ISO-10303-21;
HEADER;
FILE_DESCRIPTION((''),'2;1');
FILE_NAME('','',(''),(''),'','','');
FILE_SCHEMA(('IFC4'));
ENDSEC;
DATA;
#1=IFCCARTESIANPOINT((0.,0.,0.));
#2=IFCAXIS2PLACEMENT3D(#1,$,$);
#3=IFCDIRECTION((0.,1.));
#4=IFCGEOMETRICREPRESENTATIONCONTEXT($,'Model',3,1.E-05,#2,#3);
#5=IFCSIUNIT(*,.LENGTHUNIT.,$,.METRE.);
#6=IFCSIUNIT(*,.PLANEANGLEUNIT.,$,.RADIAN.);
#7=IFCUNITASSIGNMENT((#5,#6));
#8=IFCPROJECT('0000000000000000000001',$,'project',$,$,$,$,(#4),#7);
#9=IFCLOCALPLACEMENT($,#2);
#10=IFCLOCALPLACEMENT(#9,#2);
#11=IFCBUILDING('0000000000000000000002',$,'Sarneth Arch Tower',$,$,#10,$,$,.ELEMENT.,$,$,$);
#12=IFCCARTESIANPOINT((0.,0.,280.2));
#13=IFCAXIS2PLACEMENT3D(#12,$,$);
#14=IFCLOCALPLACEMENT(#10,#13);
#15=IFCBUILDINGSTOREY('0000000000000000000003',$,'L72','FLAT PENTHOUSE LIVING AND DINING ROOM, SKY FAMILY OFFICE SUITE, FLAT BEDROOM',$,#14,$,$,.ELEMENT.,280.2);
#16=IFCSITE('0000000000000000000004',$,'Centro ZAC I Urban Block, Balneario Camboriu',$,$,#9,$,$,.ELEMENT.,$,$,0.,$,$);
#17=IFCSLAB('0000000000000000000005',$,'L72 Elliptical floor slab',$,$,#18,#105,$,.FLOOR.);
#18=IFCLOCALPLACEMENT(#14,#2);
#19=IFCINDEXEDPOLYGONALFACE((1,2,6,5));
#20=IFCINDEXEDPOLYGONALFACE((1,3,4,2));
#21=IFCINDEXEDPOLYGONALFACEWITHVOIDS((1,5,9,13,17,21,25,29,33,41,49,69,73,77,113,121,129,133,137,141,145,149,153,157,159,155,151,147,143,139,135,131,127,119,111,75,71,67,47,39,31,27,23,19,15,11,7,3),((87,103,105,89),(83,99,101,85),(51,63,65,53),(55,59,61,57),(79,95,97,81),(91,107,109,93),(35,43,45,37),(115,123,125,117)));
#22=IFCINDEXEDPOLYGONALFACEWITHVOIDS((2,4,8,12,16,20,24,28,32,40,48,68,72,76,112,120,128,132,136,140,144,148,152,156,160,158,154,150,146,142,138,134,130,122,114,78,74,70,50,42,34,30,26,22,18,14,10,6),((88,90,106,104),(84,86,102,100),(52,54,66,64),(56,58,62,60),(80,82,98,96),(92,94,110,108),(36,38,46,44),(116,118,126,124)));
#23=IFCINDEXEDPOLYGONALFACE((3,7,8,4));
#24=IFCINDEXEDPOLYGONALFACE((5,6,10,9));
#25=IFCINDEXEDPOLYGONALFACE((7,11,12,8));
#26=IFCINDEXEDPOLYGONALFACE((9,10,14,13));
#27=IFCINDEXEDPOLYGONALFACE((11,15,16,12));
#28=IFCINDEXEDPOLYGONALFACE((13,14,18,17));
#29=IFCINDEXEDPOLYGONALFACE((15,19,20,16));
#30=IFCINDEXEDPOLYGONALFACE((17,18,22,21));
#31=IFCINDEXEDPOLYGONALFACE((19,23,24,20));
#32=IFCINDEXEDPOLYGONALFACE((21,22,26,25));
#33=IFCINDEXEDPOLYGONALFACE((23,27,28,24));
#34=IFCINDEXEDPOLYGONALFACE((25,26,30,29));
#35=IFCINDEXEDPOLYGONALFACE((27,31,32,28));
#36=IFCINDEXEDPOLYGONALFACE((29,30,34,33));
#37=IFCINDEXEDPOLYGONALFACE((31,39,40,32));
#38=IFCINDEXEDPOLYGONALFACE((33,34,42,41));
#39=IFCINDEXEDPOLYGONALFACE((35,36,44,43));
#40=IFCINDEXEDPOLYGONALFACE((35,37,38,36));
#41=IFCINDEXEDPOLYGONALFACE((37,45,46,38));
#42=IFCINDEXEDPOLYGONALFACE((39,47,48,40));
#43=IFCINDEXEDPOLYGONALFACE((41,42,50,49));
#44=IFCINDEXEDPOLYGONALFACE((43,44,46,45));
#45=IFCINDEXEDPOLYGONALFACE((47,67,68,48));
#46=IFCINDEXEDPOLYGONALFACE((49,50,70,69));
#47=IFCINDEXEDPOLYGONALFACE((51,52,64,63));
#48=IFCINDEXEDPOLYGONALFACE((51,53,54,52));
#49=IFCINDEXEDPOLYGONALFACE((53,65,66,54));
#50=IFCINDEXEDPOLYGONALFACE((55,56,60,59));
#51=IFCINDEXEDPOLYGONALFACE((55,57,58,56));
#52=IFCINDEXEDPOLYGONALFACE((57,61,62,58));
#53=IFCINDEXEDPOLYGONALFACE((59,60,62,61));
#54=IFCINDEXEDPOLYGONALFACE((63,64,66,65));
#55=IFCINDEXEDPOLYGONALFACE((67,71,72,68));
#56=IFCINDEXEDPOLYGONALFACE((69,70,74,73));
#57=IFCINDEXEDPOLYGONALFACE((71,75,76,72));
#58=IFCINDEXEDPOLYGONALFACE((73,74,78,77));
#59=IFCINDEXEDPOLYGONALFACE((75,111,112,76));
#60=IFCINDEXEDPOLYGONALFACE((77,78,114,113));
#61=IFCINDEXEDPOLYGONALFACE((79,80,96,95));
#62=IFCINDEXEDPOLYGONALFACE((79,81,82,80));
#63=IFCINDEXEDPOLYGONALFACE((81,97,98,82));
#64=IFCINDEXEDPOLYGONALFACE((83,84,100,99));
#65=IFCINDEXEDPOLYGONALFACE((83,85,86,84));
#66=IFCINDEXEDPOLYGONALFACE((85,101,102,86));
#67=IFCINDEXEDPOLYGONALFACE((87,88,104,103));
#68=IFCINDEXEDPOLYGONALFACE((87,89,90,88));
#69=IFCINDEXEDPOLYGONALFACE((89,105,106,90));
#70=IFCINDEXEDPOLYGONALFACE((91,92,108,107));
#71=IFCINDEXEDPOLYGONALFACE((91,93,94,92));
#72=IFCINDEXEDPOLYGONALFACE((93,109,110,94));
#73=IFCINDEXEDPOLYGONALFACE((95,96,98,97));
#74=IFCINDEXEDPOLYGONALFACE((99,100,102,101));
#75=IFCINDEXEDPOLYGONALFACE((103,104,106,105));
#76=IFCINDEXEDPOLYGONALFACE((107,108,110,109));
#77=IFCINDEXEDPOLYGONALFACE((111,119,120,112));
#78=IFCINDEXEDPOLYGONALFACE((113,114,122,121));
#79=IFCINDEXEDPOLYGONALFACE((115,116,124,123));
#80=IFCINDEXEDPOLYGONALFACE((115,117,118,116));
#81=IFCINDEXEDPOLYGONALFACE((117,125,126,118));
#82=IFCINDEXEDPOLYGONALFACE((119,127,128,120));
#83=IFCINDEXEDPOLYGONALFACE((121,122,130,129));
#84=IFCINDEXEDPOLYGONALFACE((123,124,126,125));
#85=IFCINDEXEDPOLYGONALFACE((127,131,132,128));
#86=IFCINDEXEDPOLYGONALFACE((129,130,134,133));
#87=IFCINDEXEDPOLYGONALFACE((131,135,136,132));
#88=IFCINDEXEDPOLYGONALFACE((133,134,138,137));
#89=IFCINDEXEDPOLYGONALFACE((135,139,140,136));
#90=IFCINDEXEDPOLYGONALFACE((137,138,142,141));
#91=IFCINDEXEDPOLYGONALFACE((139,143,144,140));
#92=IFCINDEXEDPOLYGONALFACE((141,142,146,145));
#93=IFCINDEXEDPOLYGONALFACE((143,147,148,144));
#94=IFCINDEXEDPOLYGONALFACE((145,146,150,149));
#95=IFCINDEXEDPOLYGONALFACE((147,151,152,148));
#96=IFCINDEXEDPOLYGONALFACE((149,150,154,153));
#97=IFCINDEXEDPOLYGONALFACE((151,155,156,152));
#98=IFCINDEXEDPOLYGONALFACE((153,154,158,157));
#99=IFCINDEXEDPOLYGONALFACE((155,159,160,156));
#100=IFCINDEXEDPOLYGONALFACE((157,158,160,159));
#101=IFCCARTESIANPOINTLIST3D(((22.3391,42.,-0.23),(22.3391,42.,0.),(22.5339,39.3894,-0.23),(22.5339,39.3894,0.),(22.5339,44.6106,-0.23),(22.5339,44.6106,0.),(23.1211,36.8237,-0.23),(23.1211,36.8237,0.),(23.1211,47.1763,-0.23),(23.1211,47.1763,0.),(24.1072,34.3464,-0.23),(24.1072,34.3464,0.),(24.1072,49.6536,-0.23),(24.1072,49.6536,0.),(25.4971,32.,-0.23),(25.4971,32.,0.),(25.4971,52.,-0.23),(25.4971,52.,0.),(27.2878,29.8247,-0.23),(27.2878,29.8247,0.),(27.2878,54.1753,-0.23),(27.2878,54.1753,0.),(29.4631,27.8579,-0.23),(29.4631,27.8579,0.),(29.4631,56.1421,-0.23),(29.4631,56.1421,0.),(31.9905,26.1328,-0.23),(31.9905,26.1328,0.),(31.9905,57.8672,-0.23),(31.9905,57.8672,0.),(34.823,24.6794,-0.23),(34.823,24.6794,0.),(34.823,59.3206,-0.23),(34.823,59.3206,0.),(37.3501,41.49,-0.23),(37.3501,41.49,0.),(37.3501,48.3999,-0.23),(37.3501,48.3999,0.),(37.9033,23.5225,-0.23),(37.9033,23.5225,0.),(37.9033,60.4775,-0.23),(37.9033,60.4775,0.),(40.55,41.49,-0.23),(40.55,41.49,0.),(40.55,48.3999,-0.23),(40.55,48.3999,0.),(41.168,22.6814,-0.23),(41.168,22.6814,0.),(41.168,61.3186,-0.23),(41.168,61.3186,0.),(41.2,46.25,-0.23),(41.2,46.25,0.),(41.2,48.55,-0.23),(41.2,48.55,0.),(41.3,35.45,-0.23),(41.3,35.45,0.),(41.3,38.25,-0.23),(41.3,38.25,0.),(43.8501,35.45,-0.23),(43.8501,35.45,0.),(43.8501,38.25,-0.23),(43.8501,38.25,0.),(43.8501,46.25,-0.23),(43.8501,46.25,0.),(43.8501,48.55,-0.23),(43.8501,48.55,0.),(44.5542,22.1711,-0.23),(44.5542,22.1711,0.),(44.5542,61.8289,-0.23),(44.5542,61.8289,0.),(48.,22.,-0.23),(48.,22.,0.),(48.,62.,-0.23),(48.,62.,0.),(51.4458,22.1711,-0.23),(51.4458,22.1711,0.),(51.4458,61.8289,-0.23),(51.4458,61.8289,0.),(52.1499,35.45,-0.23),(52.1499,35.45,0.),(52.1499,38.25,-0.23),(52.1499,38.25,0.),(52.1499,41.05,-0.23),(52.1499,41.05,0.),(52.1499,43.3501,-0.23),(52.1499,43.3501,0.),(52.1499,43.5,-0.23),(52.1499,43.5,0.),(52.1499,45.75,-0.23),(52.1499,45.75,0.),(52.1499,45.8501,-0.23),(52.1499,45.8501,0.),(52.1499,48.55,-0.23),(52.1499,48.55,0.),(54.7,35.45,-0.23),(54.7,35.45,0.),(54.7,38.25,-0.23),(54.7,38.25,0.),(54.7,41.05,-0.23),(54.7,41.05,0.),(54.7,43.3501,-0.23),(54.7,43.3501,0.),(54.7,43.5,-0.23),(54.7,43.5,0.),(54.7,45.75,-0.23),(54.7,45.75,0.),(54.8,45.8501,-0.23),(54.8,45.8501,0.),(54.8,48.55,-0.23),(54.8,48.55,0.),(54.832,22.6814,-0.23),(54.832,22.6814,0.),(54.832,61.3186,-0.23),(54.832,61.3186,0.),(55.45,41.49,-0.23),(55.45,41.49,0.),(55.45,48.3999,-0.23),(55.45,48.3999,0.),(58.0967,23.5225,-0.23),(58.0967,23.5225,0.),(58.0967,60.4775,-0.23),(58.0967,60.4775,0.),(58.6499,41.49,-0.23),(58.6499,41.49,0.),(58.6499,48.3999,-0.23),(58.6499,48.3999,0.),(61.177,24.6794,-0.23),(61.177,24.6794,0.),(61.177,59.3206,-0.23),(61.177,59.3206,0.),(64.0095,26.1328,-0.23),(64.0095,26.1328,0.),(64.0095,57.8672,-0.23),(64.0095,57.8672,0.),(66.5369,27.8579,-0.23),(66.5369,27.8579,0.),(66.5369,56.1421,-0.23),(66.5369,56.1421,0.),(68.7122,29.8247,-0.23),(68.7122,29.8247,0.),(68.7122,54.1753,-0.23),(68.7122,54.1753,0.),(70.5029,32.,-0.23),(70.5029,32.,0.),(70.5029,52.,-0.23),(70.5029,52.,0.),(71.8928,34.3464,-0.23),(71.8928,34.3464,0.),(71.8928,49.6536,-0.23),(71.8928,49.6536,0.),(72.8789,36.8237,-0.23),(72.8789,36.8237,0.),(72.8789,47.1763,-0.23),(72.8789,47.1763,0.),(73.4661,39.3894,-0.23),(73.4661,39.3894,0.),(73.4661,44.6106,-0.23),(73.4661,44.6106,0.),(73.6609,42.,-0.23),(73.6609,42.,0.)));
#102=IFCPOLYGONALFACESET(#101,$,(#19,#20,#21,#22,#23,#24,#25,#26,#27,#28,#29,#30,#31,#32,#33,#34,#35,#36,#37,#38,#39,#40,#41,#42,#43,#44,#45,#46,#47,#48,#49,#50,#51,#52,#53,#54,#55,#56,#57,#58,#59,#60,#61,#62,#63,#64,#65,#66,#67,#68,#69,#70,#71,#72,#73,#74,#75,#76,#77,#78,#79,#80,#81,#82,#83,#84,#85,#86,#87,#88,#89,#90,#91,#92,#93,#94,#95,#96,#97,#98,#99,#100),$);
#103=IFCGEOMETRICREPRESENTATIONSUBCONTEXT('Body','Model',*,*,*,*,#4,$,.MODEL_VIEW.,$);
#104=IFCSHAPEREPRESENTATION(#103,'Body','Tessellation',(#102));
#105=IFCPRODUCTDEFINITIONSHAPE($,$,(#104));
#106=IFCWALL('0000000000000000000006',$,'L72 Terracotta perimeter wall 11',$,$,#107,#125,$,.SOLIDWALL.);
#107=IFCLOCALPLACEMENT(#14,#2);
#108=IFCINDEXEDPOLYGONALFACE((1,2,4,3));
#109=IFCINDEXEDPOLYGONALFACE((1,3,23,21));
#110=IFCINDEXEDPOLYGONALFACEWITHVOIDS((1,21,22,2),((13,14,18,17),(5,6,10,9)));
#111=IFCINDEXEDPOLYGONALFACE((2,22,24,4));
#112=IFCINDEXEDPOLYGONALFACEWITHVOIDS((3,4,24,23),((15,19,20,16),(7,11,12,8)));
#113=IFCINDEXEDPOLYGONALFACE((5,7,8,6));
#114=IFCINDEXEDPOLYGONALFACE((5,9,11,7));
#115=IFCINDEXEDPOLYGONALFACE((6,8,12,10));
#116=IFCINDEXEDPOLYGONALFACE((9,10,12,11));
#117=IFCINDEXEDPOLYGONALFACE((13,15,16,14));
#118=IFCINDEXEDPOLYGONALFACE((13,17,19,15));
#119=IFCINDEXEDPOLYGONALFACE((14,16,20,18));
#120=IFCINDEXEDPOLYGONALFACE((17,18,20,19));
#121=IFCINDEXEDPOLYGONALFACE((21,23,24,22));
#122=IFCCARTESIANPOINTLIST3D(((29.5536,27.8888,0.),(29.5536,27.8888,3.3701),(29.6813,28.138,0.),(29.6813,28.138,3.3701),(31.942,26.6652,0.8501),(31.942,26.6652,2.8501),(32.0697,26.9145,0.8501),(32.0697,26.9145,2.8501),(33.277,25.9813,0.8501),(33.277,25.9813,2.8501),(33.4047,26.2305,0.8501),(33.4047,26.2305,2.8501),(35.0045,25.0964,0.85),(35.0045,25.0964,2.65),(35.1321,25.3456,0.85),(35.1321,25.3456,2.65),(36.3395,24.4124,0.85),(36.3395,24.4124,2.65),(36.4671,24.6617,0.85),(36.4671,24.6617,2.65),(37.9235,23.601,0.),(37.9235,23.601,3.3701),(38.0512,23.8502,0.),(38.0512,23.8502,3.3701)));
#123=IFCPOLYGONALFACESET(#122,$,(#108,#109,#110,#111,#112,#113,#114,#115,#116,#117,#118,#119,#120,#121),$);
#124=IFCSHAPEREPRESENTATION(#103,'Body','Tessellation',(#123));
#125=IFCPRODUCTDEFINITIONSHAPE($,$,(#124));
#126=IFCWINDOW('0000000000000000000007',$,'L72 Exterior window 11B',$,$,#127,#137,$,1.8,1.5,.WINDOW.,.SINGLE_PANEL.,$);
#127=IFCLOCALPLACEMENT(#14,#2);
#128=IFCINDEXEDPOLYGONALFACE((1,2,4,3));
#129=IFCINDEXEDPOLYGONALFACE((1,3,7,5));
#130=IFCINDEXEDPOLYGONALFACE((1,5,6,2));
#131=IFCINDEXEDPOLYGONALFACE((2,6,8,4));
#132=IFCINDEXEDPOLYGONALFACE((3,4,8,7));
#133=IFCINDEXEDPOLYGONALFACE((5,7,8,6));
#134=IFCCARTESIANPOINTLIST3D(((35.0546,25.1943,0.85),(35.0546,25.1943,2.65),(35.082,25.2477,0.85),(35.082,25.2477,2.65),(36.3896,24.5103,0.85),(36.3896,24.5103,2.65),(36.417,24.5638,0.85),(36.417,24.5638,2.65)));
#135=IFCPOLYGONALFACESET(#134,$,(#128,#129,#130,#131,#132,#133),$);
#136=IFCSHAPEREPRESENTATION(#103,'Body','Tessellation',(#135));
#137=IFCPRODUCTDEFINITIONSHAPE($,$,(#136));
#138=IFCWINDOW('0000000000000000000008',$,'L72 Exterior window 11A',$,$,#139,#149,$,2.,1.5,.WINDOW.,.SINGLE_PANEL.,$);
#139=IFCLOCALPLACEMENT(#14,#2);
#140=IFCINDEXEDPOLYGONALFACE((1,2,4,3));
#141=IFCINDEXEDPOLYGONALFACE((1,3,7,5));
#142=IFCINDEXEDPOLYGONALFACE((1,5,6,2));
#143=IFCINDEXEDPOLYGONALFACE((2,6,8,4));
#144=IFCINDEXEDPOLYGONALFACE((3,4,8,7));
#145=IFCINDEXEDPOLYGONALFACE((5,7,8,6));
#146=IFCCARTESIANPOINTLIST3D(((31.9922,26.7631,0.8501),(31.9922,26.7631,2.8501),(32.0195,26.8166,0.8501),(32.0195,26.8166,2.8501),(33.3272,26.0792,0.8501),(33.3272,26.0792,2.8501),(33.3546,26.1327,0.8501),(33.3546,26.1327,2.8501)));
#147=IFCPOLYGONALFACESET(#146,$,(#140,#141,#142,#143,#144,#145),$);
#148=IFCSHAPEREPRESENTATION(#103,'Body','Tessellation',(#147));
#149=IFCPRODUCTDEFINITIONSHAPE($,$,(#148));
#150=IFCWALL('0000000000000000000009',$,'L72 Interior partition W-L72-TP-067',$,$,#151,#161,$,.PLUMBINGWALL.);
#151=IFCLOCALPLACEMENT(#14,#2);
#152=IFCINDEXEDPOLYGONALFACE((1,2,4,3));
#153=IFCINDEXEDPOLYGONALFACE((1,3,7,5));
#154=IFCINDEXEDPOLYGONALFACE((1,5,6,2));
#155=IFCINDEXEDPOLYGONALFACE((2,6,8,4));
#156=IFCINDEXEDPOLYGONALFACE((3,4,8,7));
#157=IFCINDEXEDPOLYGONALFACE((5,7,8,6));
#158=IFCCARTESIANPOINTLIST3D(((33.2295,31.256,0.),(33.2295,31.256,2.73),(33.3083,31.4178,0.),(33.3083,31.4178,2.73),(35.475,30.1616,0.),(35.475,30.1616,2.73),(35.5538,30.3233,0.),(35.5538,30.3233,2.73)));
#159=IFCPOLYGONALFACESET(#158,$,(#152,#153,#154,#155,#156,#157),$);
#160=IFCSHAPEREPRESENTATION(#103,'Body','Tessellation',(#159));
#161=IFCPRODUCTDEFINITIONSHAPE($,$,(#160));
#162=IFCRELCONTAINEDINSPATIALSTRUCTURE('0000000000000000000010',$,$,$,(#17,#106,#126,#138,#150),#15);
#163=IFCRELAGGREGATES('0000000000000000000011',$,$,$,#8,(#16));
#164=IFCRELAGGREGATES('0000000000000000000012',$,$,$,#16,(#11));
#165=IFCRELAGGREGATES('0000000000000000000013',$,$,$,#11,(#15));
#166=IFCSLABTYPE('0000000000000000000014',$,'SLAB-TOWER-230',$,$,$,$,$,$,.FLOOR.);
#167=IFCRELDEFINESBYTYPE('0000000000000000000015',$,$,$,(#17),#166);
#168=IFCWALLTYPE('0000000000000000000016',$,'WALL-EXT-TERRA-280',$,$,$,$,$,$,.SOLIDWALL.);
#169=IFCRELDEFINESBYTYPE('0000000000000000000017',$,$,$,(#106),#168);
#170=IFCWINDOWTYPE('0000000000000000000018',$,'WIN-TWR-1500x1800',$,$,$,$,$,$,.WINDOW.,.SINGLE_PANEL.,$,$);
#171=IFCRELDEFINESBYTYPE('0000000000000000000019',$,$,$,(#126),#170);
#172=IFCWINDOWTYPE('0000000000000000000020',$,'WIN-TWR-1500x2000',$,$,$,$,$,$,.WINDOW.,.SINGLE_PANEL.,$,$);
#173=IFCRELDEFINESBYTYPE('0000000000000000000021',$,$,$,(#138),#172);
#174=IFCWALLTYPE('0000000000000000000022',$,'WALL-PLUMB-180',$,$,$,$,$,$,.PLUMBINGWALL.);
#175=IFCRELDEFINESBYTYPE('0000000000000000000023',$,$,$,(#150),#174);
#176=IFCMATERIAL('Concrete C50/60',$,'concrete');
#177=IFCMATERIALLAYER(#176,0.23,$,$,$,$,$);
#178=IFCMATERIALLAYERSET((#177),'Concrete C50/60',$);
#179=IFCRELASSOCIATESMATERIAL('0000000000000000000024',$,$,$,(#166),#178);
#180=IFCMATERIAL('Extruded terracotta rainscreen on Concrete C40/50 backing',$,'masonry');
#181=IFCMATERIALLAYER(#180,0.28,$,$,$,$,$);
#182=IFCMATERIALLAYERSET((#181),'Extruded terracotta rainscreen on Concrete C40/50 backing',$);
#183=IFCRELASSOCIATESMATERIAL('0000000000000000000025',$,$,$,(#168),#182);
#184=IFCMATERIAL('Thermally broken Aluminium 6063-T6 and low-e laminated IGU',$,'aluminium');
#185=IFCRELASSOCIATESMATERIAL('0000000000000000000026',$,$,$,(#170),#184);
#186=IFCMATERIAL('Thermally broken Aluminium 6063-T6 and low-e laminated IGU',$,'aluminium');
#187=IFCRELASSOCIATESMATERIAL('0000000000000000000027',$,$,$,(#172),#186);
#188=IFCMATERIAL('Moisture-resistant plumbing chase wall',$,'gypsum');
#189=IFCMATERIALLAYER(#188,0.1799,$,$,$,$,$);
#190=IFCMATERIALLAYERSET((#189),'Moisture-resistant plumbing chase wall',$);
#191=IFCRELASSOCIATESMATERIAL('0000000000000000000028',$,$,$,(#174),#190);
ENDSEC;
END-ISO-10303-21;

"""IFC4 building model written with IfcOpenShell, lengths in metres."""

from ifc_helpers import new_model, si_unit, direction, frame, frame_2d, origin, place, context, subcontext, project, spatial, polyline, rectangle, outline, extrude, material, layer, layer_set, type_object, element, fill, save


model = new_model("IFC4")

# Units and contexts
model_context = context("Model", 3, precision=1e-05, world=origin(), true_north=direction((0.0, 1.0)))
body_context = subcontext(model_context, "Body", "Model", "MODEL_VIEW")
ifc_project = project(units=[si_unit("LENGTHUNIT", "METRE"), si_unit("PLANEANGLEUNIT", "RADIAN")], contexts=[model_context])

# Site, building, storey
site_placement = place(None, origin())
site = spatial("IfcSite", under=ifc_project, at=site_placement, Name="Centro ZAC I Urban Block, Balneario Camboriu", CompositionType="ELEMENT", RefElevation=0.0)
building_placement = place(site_placement, origin())
building = spatial("IfcBuilding", under=site, at=building_placement, Name="Sarneth Arch Tower", CompositionType="ELEMENT")
storey_placement = place(building_placement, frame((0.0, 0.0, 280.2)))
storey = spatial("IfcBuildingStorey", under=building, at=storey_placement, Name="L72", Description="FLAT PENTHOUSE LIVING AND DINING ROOM, SKY FAMILY OFFICE SUITE, FLAT BEDROOM", CompositionType="ELEMENT", Elevation=280.2)

# Slab
ifc_material_1 = material(Name="Concrete C50/60", Category="concrete")
ifc_layer_1 = layer(ifc_material_1, 0.23)
ifc_layer_set_1 = layer_set([ifc_layer_1], Name="Concrete C50/60")
slab_type_1 = type_object("IfcSlabType", Name="SLAB-TOWER-230", PredefinedType="FLOOR", material=ifc_layer_set_1)
slab_1_placement = place(storey_placement, frame((0.0, 0.0, -0.23)))
element("IfcSlab", 1, at=slab_1_placement, inside=storey, type_object=slab_type_1, Name="L72 Elliptical floor slab", PredefinedType="FLOOR", context=body_context, shape_type="SweptSolid", body=[
    extrude(outline(polyline([(73.6609, 42.0), (73.4661, 44.6106), (72.8789, 47.1763), (71.8928, 49.6536), (70.5029, 52.0), (68.7122, 54.1753), (66.5369, 56.1421), (64.0095, 57.8672), (61.177, 59.3206), (58.0967, 60.4775), (54.832, 61.3186), (51.4458, 61.8289), (48.0, 62.0), (44.5542, 61.8289), (41.168, 61.3186), (37.9033, 60.4775), (34.823, 59.3206), (31.9905, 57.8672), (29.4631, 56.1421), (27.2878, 54.1753), (25.4971, 52.0), (24.1072, 49.6536), (23.1211, 47.1763), (22.5339, 44.6106), (22.3391, 42.0), (22.5339, 39.3894), (23.1211, 36.8237), (24.1072, 34.3464), (25.4971, 32.0), (27.2878, 29.8247), (29.4631, 27.8579), (31.9905, 26.1328), (34.823, 24.6794), (37.9033, 23.5225), (41.168, 22.6814), (44.5542, 22.1711), (48.0, 22.0), (51.4458, 22.1711), (54.832, 22.6814), (58.0967, 23.5225), (61.177, 24.6794), (64.0095, 26.1328), (66.5369, 27.8579), (68.7122, 29.8247), (70.5029, 32.0), (71.8928, 34.3464), (72.8789, 36.8237), (73.4661, 39.3894), (73.6609, 42.0)]), holes=[polyline([(37.3501, 41.49), (40.55, 41.49), (40.55, 48.3999), (37.3501, 48.3999), (37.3501, 41.49)]), polyline([(55.45, 41.49), (58.6499, 41.49), (58.6499, 48.3999), (55.45, 48.3999), (55.45, 41.49)]), polyline([(41.2, 46.25), (43.8501, 46.25), (43.8501, 48.55), (41.2, 48.55), (41.2, 46.25)]), polyline([(41.3, 35.45), (43.8501, 35.45), (43.8501, 38.25), (41.3, 38.25), (41.3, 35.45)]), polyline([(52.1499, 35.45), (54.7, 35.45), (54.7, 38.25), (52.1499, 38.25), (52.1499, 35.45)]), polyline([(52.1499, 45.8501), (54.8, 45.8501), (54.8, 48.55), (52.1499, 48.55), (52.1499, 45.8501)]), polyline([(52.1499, 41.05), (54.7, 41.05), (54.7, 43.3501), (52.1499, 43.3501), (52.1499, 41.05)]), polyline([(52.1499, 43.5), (54.7, 43.5), (54.7, 45.75), (52.1499, 45.75), (52.1499, 43.5)])]), origin(), (0.0, 0.0, 1.0), 0.23),
])

# Wall, openings, windows
ifc_material_2 = material(Name="Extruded terracotta rainscreen on Concrete C40/50 backing", Category="masonry")
ifc_layer_2 = layer(ifc_material_2, 0.28)
ifc_layer_set_2 = layer_set([ifc_layer_2], Name="Extruded terracotta rainscreen on Concrete C40/50 backing")
wall_type_1 = type_object("IfcWallType", Name="WALL-EXT-TERRA-280", PredefinedType="SOLIDWALL", material=ifc_layer_set_2)
wall_1_placement = place(storey_placement, frame((29.6174, 28.0134, 0.0), z_axis=(0.0, 0.0, 1.0), x_axis=(0.890007, -0.455946, 0.0)))
wall_1 = element("IfcWall", 2, at=wall_1_placement, inside=storey, type_object=wall_type_1, Name="L72 Terracotta perimeter wall 11", PredefinedType="SOLIDWALL", context=body_context, shape_type="SweptSolid", body=[
    extrude(rectangle(XDim=9.4043, YDim=0.28, at=frame_2d((4.7021, 0.0))), origin(), (0.0, 0.0, 1.0), 3.3701),
])
opening_1_placement = place(wall_1_placement, frame((2.6836, 0.0, 0.8501)))
opening_1 = element("IfcOpeningElement", 3, at=opening_1_placement, cuts=wall_1, PredefinedType="OPENING", context=body_context, shape_type="SweptSolid", body=[
    extrude(rectangle(XDim=1.5, YDim=2.0, at=frame_2d((0.75, 1.0))), frame((0.0, 0.1499, 0.0), z_axis=(0.0, -1.0, 0.0), x_axis=(1.0, 0.0, 0.0)), (0.0, 0.0, 1.0), 0.3),
])
opening_2_placement = place(wall_1_placement, frame((6.1245, 0.0, 0.8501)))
opening_2 = element("IfcOpeningElement", 4, at=opening_2_placement, cuts=wall_1, PredefinedType="OPENING", context=body_context, shape_type="SweptSolid", body=[
    extrude(rectangle(XDim=1.5, YDim=1.8, at=frame_2d((0.75, 0.8999))), frame((0.0, 0.1499, 0.0), z_axis=(0.0, -1.0, 0.0), x_axis=(1.0, 0.0, 0.0)), (0.0, 0.0, 1.0), 0.3),
])
ifc_material_3 = material(Name="Thermally broken Aluminium 6063-T6 and low-e laminated IGU", Category="aluminium")
window_type_1 = type_object("IfcWindowType", Name="WIN-TWR-1500x1800", PartitioningType="SINGLE_PANEL", PredefinedType="WINDOW", material=ifc_material_3)
window_1_placement = place(opening_2_placement, origin())
window_1 = element("IfcWindow", 5, at=window_1_placement, inside=storey, type_object=window_type_1, Name="L72 Exterior window 11B", OverallHeight=1.8, OverallWidth=1.5, PartitioningType="SINGLE_PANEL", PredefinedType="WINDOW", context=body_context, shape_type="SweptSolid", body=[
    extrude(rectangle(XDim=1.5, YDim=1.8, at=frame_2d((0.75, 0.8999))), frame((0.0, 0.03, 0.0), z_axis=(0.0, -1.0, 0.0), x_axis=(1.0, 0.0, 0.0)), (0.0, 0.0, 1.0), 0.0601),
])
fill(opening_2, window_1)
ifc_material_4 = material(Name="Thermally broken Aluminium 6063-T6 and low-e laminated IGU", Category="aluminium")
window_type_2 = type_object("IfcWindowType", Name="WIN-TWR-1500x2000", PartitioningType="SINGLE_PANEL", PredefinedType="WINDOW", material=ifc_material_4)
window_2_placement = place(opening_1_placement, origin())
window_2 = element("IfcWindow", 6, at=window_2_placement, inside=storey, type_object=window_type_2, Name="L72 Exterior window 11A", OverallHeight=2.0, OverallWidth=1.5, PartitioningType="SINGLE_PANEL", PredefinedType="WINDOW", context=body_context, shape_type="SweptSolid", body=[
    extrude(rectangle(XDim=1.5, YDim=2.0, at=frame_2d((0.75, 1.0))), frame((0.0, 0.03, 0.0), z_axis=(0.0, -1.0, 0.0), x_axis=(1.0, 0.0, 0.0)), (0.0, 0.0, 1.0), 0.0601),
])
fill(opening_1, window_2)

# Wall
ifc_material_5 = material(Name="Moisture-resistant plumbing chase wall", Category="gypsum")
ifc_layer_3 = layer(ifc_material_5, 0.1799)
ifc_layer_set_3 = layer_set([ifc_layer_3], Name="Moisture-resistant plumbing chase wall")
wall_type_2 = type_object("IfcWallType", Name="WALL-PLUMB-180", PredefinedType="PLUMBINGWALL", material=ifc_layer_set_3)
wall_2_placement = place(storey_placement, frame((35.5144, 30.2424, 0.0), z_axis=(0.0, 0.0, 1.0), x_axis=(-0.898916, 0.438121, 0.0)))
element("IfcWall", 7, at=wall_2_placement, inside=storey, type_object=wall_type_2, Name="L72 Interior partition W-L72-TP-067", PredefinedType="PLUMBINGWALL", context=body_context, shape_type="SweptSolid", body=[
    extrude(rectangle(XDim=2.498, YDim=0.1799, at=frame_2d((1.249, 0.0))), origin(), (0.0, 0.0, 1.0), 2.73),
])

save(model, "model.ifc")
